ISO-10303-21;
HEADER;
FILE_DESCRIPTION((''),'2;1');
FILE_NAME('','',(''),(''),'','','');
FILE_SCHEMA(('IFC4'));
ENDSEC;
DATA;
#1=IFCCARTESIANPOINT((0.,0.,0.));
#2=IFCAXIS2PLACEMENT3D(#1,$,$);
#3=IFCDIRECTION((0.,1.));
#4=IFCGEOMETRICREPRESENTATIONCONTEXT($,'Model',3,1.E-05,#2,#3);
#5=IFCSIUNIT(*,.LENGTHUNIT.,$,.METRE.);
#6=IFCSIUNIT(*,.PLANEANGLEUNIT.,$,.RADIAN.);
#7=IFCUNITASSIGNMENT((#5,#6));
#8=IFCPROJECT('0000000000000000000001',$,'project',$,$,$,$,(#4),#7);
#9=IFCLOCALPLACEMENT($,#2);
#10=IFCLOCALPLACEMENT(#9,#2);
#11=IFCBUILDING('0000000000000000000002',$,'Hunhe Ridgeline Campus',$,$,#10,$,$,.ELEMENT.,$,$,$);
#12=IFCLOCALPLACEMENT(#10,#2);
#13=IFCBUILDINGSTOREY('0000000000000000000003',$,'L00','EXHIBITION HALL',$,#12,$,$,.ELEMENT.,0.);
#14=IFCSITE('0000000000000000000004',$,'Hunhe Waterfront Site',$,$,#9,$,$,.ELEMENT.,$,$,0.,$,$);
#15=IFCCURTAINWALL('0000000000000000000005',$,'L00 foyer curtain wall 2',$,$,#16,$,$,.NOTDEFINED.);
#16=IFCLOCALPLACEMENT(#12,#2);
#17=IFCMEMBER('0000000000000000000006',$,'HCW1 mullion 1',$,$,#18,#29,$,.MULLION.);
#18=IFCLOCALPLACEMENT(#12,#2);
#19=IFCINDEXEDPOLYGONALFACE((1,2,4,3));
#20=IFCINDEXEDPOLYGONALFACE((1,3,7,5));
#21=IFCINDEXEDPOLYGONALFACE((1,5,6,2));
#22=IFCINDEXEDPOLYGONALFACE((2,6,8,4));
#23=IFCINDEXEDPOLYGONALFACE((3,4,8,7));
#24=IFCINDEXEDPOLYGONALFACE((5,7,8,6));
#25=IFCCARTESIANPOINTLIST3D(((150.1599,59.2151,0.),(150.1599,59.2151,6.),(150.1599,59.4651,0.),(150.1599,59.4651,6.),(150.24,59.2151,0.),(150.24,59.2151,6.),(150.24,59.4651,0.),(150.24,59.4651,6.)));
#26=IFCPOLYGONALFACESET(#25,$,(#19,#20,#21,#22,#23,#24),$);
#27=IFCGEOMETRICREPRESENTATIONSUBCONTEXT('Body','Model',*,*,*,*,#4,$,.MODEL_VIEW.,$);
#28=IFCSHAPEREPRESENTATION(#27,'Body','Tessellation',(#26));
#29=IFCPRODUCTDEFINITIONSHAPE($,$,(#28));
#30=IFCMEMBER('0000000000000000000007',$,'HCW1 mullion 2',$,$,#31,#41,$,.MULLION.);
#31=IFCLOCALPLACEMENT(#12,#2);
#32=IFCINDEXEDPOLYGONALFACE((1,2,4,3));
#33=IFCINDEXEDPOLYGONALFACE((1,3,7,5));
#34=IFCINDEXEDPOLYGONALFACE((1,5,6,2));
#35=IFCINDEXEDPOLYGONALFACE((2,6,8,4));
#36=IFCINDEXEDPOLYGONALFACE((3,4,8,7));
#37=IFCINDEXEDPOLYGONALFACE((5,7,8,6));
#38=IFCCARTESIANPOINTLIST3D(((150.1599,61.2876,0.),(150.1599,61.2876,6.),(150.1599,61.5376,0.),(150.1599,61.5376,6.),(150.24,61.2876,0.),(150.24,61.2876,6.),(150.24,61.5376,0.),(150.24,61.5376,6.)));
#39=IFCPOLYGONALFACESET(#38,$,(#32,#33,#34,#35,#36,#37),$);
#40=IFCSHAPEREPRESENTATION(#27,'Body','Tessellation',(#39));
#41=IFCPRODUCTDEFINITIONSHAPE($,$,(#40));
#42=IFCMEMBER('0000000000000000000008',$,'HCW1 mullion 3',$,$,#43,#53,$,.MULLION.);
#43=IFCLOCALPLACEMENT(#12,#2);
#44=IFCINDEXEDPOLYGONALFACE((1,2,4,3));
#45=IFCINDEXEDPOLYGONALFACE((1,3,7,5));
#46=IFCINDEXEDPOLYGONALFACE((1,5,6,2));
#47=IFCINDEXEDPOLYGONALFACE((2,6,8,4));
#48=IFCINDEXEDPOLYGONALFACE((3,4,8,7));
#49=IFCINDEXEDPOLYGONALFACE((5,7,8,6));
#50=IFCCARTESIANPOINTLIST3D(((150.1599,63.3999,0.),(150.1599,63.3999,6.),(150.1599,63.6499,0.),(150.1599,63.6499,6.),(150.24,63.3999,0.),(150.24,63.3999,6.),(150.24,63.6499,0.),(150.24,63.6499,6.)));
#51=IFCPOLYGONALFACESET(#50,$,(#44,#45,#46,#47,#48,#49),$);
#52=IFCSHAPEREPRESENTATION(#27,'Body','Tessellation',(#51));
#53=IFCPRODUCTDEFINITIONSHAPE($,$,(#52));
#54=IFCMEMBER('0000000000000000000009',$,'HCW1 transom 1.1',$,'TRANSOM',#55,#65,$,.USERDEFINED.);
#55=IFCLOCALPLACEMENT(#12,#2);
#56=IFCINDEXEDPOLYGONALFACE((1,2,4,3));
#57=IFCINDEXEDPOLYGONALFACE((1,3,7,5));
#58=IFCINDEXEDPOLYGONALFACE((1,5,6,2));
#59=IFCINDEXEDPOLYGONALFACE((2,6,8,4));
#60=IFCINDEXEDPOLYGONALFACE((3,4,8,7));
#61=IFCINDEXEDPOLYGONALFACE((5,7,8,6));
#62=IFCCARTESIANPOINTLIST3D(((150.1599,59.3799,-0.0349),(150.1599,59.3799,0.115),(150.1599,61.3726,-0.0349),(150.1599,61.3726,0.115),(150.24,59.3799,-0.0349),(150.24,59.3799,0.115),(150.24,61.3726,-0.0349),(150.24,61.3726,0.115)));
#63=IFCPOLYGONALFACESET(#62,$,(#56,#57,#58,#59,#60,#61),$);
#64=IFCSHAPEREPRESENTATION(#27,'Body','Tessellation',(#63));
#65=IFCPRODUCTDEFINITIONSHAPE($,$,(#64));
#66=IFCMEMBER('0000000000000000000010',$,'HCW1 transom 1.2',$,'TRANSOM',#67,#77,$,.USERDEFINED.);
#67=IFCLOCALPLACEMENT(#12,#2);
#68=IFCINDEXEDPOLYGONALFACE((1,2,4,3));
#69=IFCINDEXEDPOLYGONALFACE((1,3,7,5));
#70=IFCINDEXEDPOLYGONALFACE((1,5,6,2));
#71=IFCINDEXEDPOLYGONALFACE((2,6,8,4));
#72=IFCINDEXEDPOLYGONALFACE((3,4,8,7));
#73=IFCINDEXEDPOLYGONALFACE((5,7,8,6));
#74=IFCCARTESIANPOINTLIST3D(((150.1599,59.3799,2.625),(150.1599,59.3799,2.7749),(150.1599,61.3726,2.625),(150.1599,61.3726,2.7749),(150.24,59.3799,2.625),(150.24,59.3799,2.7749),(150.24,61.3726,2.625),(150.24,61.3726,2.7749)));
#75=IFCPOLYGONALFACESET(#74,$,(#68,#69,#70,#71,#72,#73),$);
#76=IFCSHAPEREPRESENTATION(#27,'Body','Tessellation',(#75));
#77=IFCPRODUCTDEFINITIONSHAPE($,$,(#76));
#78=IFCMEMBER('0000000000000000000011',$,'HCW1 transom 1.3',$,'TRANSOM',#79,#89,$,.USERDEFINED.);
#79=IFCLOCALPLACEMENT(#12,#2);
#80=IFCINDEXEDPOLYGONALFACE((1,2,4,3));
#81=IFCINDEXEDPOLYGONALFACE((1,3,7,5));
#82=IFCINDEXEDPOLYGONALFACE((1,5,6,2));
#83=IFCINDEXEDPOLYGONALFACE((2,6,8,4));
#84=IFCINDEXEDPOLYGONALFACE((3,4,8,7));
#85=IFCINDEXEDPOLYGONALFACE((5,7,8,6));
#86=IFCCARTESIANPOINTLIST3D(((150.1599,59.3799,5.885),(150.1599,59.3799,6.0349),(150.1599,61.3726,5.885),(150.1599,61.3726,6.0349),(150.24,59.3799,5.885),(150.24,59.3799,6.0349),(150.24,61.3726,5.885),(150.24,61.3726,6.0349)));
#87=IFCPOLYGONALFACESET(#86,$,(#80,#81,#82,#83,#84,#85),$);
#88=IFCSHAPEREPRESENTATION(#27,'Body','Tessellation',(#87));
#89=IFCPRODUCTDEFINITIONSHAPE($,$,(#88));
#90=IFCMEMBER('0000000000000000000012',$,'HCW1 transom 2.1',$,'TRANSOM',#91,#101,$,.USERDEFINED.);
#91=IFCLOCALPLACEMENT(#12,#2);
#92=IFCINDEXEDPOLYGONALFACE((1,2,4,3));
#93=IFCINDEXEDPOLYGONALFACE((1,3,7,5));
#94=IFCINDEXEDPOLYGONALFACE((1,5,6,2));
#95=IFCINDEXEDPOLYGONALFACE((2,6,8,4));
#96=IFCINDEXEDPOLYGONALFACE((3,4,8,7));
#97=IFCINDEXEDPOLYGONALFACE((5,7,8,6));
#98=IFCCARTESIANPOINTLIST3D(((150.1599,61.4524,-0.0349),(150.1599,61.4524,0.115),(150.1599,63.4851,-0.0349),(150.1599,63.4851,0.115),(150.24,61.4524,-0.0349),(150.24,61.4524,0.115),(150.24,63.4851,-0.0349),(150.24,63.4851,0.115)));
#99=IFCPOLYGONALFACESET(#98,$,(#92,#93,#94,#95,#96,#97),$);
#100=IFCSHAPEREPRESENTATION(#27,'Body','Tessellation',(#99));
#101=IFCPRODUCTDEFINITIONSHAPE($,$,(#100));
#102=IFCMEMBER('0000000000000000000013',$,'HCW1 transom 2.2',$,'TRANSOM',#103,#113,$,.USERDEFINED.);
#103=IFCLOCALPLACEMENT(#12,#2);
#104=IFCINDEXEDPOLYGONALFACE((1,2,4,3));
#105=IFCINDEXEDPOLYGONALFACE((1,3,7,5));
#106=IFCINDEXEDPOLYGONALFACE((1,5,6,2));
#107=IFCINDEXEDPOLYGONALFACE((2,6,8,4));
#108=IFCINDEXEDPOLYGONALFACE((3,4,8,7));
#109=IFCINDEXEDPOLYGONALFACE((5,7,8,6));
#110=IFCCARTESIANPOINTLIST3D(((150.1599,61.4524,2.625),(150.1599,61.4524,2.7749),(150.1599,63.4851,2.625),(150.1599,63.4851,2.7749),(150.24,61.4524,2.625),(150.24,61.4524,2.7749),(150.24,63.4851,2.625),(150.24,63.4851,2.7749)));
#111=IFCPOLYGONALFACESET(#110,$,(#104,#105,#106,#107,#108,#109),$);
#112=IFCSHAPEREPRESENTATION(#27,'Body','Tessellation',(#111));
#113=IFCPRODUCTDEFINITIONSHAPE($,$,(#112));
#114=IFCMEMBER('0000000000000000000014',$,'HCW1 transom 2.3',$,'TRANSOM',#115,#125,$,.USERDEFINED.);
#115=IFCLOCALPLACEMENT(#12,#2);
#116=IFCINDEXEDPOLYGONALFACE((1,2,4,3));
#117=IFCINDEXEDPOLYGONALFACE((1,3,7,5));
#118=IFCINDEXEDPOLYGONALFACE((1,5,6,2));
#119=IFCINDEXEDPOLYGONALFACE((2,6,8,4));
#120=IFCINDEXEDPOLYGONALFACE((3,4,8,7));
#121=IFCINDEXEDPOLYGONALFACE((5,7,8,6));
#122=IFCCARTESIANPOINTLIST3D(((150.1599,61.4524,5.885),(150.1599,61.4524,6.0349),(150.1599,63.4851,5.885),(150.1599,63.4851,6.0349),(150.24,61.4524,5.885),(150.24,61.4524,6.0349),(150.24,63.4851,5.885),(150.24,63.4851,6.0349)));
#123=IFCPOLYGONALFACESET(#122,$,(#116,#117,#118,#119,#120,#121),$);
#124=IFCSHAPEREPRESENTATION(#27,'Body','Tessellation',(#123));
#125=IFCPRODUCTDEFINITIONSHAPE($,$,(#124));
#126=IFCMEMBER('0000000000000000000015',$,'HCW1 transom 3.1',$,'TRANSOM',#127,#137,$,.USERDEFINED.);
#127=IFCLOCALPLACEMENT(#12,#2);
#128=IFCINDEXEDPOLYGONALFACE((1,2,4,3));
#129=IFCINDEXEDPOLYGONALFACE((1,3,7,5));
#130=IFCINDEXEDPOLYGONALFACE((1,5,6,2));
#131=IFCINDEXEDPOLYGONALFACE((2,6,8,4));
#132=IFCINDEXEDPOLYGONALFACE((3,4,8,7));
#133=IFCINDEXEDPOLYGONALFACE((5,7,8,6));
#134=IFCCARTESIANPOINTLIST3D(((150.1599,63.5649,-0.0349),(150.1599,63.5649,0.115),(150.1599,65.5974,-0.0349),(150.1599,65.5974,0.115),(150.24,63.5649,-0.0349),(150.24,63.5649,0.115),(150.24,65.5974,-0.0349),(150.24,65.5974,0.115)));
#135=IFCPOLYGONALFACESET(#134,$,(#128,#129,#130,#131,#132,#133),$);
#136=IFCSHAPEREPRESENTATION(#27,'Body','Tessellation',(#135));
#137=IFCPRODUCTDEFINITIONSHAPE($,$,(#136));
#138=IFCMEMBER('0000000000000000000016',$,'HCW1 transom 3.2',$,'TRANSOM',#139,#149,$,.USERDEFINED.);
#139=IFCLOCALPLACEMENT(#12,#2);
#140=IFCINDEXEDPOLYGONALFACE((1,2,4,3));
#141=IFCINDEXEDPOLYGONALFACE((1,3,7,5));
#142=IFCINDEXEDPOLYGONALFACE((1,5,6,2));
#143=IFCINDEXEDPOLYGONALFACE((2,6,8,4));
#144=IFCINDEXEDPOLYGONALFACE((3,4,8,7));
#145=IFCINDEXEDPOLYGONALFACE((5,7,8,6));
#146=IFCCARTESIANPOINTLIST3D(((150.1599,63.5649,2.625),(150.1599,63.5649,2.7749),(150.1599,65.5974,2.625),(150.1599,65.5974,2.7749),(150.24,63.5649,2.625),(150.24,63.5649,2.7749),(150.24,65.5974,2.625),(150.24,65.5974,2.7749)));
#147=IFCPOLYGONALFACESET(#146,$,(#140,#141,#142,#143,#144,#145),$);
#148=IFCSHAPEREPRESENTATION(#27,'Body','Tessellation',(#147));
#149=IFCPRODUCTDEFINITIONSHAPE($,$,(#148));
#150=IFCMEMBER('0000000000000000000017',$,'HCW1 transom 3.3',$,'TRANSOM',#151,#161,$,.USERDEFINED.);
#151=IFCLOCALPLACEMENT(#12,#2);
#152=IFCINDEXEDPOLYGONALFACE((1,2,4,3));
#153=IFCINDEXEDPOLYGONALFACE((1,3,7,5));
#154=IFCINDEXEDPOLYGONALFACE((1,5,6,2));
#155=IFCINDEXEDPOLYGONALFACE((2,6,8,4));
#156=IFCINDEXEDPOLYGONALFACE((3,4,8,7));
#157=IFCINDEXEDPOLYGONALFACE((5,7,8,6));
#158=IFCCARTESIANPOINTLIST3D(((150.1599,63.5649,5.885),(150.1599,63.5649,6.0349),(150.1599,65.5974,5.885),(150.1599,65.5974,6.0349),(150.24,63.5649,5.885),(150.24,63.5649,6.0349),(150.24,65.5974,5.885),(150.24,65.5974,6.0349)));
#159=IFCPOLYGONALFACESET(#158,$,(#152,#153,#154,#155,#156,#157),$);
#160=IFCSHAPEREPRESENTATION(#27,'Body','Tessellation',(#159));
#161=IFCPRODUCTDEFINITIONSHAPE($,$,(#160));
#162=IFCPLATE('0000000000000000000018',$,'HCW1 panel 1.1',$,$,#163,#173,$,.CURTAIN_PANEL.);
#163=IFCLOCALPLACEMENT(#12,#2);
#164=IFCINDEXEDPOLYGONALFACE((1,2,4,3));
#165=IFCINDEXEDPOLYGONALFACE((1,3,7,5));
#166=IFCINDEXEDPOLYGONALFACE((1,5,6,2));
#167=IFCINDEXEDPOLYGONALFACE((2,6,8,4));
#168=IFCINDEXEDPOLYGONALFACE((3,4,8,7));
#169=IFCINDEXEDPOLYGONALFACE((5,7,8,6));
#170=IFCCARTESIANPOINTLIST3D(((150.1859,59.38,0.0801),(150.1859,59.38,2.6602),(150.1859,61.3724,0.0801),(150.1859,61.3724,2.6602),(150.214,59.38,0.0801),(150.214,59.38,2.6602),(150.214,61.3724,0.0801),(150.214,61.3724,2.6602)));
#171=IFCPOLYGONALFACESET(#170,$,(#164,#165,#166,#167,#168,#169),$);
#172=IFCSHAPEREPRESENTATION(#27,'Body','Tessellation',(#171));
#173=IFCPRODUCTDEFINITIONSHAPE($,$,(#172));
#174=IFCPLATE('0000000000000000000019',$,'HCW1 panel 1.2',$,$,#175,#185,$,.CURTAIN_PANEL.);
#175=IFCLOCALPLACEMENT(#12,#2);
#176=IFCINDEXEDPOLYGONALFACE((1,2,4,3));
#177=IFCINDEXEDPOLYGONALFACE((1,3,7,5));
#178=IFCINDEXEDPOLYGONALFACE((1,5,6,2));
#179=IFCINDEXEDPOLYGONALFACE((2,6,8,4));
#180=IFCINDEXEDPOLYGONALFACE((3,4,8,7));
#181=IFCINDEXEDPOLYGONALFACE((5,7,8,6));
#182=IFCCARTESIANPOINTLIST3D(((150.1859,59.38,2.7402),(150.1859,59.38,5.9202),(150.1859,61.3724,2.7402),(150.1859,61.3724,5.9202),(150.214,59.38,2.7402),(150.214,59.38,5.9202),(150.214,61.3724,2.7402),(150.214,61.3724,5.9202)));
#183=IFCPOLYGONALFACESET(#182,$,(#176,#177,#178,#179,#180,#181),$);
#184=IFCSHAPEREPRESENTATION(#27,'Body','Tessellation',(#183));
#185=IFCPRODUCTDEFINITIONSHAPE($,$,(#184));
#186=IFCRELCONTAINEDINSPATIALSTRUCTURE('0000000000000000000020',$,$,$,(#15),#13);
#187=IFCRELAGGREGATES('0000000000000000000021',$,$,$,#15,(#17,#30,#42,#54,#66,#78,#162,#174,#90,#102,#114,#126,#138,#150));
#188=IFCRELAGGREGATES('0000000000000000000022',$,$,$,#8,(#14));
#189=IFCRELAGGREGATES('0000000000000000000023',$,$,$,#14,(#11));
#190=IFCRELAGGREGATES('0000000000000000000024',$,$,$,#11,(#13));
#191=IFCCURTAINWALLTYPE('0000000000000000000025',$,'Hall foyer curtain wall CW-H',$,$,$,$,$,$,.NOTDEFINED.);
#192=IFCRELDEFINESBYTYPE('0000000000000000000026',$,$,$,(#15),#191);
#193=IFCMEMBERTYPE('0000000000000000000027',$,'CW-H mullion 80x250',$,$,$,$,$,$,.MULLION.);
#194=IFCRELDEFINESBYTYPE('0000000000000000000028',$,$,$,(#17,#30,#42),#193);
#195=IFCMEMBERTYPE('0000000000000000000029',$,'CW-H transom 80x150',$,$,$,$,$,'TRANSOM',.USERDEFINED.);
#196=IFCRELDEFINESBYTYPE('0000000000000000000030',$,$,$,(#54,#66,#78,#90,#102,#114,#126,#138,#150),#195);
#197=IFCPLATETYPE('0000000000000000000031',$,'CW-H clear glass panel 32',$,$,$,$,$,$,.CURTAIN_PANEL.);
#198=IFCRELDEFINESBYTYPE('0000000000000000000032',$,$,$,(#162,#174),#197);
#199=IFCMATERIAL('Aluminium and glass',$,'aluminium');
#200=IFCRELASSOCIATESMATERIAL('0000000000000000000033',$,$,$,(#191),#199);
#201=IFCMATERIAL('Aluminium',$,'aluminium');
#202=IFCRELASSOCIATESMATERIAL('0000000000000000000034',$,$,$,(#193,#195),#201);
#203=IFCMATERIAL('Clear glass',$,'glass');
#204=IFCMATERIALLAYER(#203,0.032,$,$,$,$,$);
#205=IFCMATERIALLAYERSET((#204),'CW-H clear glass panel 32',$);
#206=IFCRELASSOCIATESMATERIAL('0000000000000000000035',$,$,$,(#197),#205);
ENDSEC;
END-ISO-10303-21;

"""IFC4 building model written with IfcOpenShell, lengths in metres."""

from ifc_helpers import new_model, si_unit, direction, frame, origin, origin_2d, place, context, subcontext, project, spatial, rectangle, extrude, material, layer, layer_set, material_profile, profile_set, type_object, element, aggregate, save


model = new_model("IFC4")

# Units and contexts
model_context = context("Model", 3, precision=1e-05, world=origin(), true_north=direction((0.0, 1.0)))
body_context = subcontext(model_context, "Body", "Model", "MODEL_VIEW")
ifc_project = project(units=[si_unit("LENGTHUNIT", "METRE"), si_unit("PLANEANGLEUNIT", "RADIAN")], contexts=[model_context])

# Site, building, storey
site_placement = place(None, origin())
site = spatial("IfcSite", under=ifc_project, at=site_placement, Name="Hunhe Waterfront Site", CompositionType="ELEMENT", RefElevation=0.0)
building_placement = place(site_placement, origin())
building = spatial("IfcBuilding", under=site, at=building_placement, Name="Hunhe Ridgeline Campus", CompositionType="ELEMENT")
storey_placement = place(building_placement, origin())
storey = spatial("IfcBuildingStorey", under=building, at=storey_placement, Name="L00", Description="EXHIBITION HALL", CompositionType="ELEMENT", Elevation=0.0)

# Curtain wall, members, plates
ifc_material_1 = material(Name="Aluminium and glass", Category="aluminium")
curtain_wall_type = type_object("IfcCurtainWallType", Name="Hall foyer curtain wall CW-H", PredefinedType="NOTDEFINED", material=ifc_material_1)
curtain_wall_placement = place(storey_placement, origin())
curtain_wall = element("IfcCurtainWall", 1, at=curtain_wall_placement, inside=storey, type_object=curtain_wall_type, Name="L00 foyer curtain wall 2", PredefinedType="NOTDEFINED")
ifc_material_2 = material(Name="Aluminium", Category="aluminium")
ifc_material_profile_1 = material_profile(ifc_material_2, rectangle(XDim=0.0801, YDim=0.25, at=origin_2d()))
ifc_profile_set_1 = profile_set([ifc_material_profile_1], Name="Aluminium")
member_type_1 = type_object("IfcMemberType", Name="CW-H mullion 80x250", PredefinedType="MULLION", material=ifc_profile_set_1)
member_1_placement = place(storey_placement, frame((150.2, 59.3401, 0.0), z_axis=(0.0, 0.0, 1.0), x_axis=(-1.0, 0.0, 0.0)))
member_1 = element("IfcMember", 2, at=member_1_placement, type_object=member_type_1, Name="HCW1 mullion 1", PredefinedType="MULLION", context=body_context, shape_type="SweptSolid", body=[
    extrude(rectangle(XDim=0.0801, YDim=0.25, at=origin_2d()), origin(), (0.0, 0.0, 1.0), 6.0),
])
member_2_placement = place(storey_placement, frame((150.2, 61.4126, 0.0), z_axis=(0.0, 0.0, 1.0), x_axis=(-1.0, 0.0, 0.0)))
member_2 = element("IfcMember", 3, at=member_2_placement, type_object=member_type_1, Name="HCW1 mullion 2", PredefinedType="MULLION", context=body_context, shape_type="SweptSolid", body=[
    extrude(rectangle(XDim=0.0801, YDim=0.25, at=origin_2d()), origin(), (0.0, 0.0, 1.0), 6.0),
])
member_3_placement = place(storey_placement, frame((150.2, 63.5249, 0.0), z_axis=(0.0, 0.0, 1.0), x_axis=(-1.0, 0.0, 0.0)))
member_3 = element("IfcMember", 4, at=member_3_placement, type_object=member_type_1, Name="HCW1 mullion 3", PredefinedType="MULLION", context=body_context, shape_type="SweptSolid", body=[
    extrude(rectangle(XDim=0.0801, YDim=0.25, at=origin_2d()), origin(), (0.0, 0.0, 1.0), 6.0),
])
ifc_material_profile_2 = material_profile(ifc_material_2, rectangle(XDim=0.0801, YDim=0.1499, at=origin_2d()))
ifc_profile_set_2 = profile_set([ifc_material_profile_2], Name="Aluminium")
member_type_2 = type_object("IfcMemberType", Name="CW-H transom 80x150", ElementType="TRANSOM", PredefinedType="USERDEFINED", material=ifc_profile_set_2)
member_4_placement = place(storey_placement, frame((150.2, 59.3799, 0.04), z_axis=(0.0, 1.0, 0.0), x_axis=(-1.0, 0.0, 0.0)))
member_4 = element("IfcMember", 5, at=member_4_placement, type_object=member_type_2, Name="HCW1 transom 1.1", ObjectType="TRANSOM", PredefinedType="USERDEFINED", context=body_context, shape_type="SweptSolid", body=[
    extrude(rectangle(XDim=0.0801, YDim=0.1499, at=origin_2d()), origin(), (0.0, 0.0, 1.0), 1.9927),
])
member_5_placement = place(storey_placement, frame((150.2, 59.3799, 2.7), z_axis=(0.0, 1.0, 0.0), x_axis=(-1.0, 0.0, 0.0)))
member_5 = element("IfcMember", 6, at=member_5_placement, type_object=member_type_2, Name="HCW1 transom 1.2", ObjectType="TRANSOM", PredefinedType="USERDEFINED", context=body_context, shape_type="SweptSolid", body=[
    extrude(rectangle(XDim=0.0801, YDim=0.1499, at=origin_2d()), origin(), (0.0, 0.0, 1.0), 1.9927),
])
member_6_placement = place(storey_placement, frame((150.2, 59.3799, 5.96), z_axis=(0.0, 1.0, 0.0), x_axis=(-1.0, 0.0, 0.0)))
member_6 = element("IfcMember", 7, at=member_6_placement, type_object=member_type_2, Name="HCW1 transom 1.3", ObjectType="TRANSOM", PredefinedType="USERDEFINED", context=body_context, shape_type="SweptSolid", body=[
    extrude(rectangle(XDim=0.0801, YDim=0.1499, at=origin_2d()), origin(), (0.0, 0.0, 1.0), 1.9927),
])
member_7_placement = place(storey_placement, frame((150.2, 61.4524, 0.04), z_axis=(0.0, 1.0, 0.0), x_axis=(-1.0, 0.0, 0.0)))
member_7 = element("IfcMember", 8, at=member_7_placement, type_object=member_type_2, Name="HCW1 transom 2.1", ObjectType="TRANSOM", PredefinedType="USERDEFINED", context=body_context, shape_type="SweptSolid", body=[
    extrude(rectangle(XDim=0.0801, YDim=0.1499, at=origin_2d()), origin(), (0.0, 0.0, 1.0), 2.0327),
])
member_8_placement = place(storey_placement, frame((150.2, 61.4524, 2.7), z_axis=(0.0, 1.0, 0.0), x_axis=(-1.0, 0.0, 0.0)))
member_8 = element("IfcMember", 9, at=member_8_placement, type_object=member_type_2, Name="HCW1 transom 2.2", ObjectType="TRANSOM", PredefinedType="USERDEFINED", context=body_context, shape_type="SweptSolid", body=[
    extrude(rectangle(XDim=0.0801, YDim=0.1499, at=origin_2d()), origin(), (0.0, 0.0, 1.0), 2.0327),
])
member_9_placement = place(storey_placement, frame((150.2, 61.4524, 5.96), z_axis=(0.0, 1.0, 0.0), x_axis=(-1.0, 0.0, 0.0)))
member_9 = element("IfcMember", 10, at=member_9_placement, type_object=member_type_2, Name="HCW1 transom 2.3", ObjectType="TRANSOM", PredefinedType="USERDEFINED", context=body_context, shape_type="SweptSolid", body=[
    extrude(rectangle(XDim=0.0801, YDim=0.1499, at=origin_2d()), origin(), (0.0, 0.0, 1.0), 2.0327),
])
member_10_placement = place(storey_placement, frame((150.2, 63.5649, 0.04), z_axis=(0.0, 1.0, 0.0), x_axis=(-1.0, 0.0, 0.0)))
member_10 = element("IfcMember", 11, at=member_10_placement, type_object=member_type_2, Name="HCW1 transom 3.1", ObjectType="TRANSOM", PredefinedType="USERDEFINED", context=body_context, shape_type="SweptSolid", body=[
    extrude(rectangle(XDim=0.0801, YDim=0.1499, at=origin_2d()), origin(), (0.0, 0.0, 1.0), 2.0325),
])
member_11_placement = place(storey_placement, frame((150.2, 63.5649, 2.7), z_axis=(0.0, 1.0, 0.0), x_axis=(-1.0, 0.0, 0.0)))
member_11 = element("IfcMember", 12, at=member_11_placement, type_object=member_type_2, Name="HCW1 transom 3.2", ObjectType="TRANSOM", PredefinedType="USERDEFINED", context=body_context, shape_type="SweptSolid", body=[
    extrude(rectangle(XDim=0.0801, YDim=0.1499, at=origin_2d()), origin(), (0.0, 0.0, 1.0), 2.0325),
])
member_12_placement = place(storey_placement, frame((150.2, 63.5649, 5.96), z_axis=(0.0, 1.0, 0.0), x_axis=(-1.0, 0.0, 0.0)))
member_12 = element("IfcMember", 13, at=member_12_placement, type_object=member_type_2, Name="HCW1 transom 3.3", ObjectType="TRANSOM", PredefinedType="USERDEFINED", context=body_context, shape_type="SweptSolid", body=[
    extrude(rectangle(XDim=0.0801, YDim=0.1499, at=origin_2d()), origin(), (0.0, 0.0, 1.0), 2.0325),
])
ifc_material_3 = material(Name="Clear glass", Category="glass")
ifc_layer_1 = layer(ifc_material_3, 0.032)
ifc_layer_set_1 = layer_set([ifc_layer_1], Name="CW-H clear glass panel 32")
plate_type = type_object("IfcPlateType", Name="CW-H clear glass panel 32", PredefinedType="CURTAIN_PANEL", material=ifc_layer_set_1)
plate_1_placement = place(storey_placement, frame((150.2, 60.3762, 0.0801), z_axis=(0.0, 0.0, 1.0), x_axis=(0.0, 1.0, 0.0)))
plate_1 = element("IfcPlate", 14, at=plate_1_placement, type_object=plate_type, Name="HCW1 panel 1.1", PredefinedType="CURTAIN_PANEL", context=body_context, shape_type="SweptSolid", body=[
    extrude(rectangle(XDim=1.9924, YDim=0.0281, at=origin_2d()), origin(), (0.0, 0.0, 1.0), 2.5801),
])
plate_2_placement = place(storey_placement, frame((150.2, 60.3762, 2.7402), z_axis=(0.0, 0.0, 1.0), x_axis=(0.0, 1.0, 0.0)))
plate_2 = element("IfcPlate", 15, at=plate_2_placement, type_object=plate_type, Name="HCW1 panel 1.2", PredefinedType="CURTAIN_PANEL", context=body_context, shape_type="SweptSolid", body=[
    extrude(rectangle(XDim=1.9924, YDim=0.0281, at=origin_2d()), origin(), (0.0, 0.0, 1.0), 3.1799),
])
aggregate(curtain_wall, [member_1, member_2, member_3, member_4, member_5, member_6, plate_1, plate_2, member_7, member_8, member_9, member_10, member_11, member_12])

save(model, "model.ifc")
